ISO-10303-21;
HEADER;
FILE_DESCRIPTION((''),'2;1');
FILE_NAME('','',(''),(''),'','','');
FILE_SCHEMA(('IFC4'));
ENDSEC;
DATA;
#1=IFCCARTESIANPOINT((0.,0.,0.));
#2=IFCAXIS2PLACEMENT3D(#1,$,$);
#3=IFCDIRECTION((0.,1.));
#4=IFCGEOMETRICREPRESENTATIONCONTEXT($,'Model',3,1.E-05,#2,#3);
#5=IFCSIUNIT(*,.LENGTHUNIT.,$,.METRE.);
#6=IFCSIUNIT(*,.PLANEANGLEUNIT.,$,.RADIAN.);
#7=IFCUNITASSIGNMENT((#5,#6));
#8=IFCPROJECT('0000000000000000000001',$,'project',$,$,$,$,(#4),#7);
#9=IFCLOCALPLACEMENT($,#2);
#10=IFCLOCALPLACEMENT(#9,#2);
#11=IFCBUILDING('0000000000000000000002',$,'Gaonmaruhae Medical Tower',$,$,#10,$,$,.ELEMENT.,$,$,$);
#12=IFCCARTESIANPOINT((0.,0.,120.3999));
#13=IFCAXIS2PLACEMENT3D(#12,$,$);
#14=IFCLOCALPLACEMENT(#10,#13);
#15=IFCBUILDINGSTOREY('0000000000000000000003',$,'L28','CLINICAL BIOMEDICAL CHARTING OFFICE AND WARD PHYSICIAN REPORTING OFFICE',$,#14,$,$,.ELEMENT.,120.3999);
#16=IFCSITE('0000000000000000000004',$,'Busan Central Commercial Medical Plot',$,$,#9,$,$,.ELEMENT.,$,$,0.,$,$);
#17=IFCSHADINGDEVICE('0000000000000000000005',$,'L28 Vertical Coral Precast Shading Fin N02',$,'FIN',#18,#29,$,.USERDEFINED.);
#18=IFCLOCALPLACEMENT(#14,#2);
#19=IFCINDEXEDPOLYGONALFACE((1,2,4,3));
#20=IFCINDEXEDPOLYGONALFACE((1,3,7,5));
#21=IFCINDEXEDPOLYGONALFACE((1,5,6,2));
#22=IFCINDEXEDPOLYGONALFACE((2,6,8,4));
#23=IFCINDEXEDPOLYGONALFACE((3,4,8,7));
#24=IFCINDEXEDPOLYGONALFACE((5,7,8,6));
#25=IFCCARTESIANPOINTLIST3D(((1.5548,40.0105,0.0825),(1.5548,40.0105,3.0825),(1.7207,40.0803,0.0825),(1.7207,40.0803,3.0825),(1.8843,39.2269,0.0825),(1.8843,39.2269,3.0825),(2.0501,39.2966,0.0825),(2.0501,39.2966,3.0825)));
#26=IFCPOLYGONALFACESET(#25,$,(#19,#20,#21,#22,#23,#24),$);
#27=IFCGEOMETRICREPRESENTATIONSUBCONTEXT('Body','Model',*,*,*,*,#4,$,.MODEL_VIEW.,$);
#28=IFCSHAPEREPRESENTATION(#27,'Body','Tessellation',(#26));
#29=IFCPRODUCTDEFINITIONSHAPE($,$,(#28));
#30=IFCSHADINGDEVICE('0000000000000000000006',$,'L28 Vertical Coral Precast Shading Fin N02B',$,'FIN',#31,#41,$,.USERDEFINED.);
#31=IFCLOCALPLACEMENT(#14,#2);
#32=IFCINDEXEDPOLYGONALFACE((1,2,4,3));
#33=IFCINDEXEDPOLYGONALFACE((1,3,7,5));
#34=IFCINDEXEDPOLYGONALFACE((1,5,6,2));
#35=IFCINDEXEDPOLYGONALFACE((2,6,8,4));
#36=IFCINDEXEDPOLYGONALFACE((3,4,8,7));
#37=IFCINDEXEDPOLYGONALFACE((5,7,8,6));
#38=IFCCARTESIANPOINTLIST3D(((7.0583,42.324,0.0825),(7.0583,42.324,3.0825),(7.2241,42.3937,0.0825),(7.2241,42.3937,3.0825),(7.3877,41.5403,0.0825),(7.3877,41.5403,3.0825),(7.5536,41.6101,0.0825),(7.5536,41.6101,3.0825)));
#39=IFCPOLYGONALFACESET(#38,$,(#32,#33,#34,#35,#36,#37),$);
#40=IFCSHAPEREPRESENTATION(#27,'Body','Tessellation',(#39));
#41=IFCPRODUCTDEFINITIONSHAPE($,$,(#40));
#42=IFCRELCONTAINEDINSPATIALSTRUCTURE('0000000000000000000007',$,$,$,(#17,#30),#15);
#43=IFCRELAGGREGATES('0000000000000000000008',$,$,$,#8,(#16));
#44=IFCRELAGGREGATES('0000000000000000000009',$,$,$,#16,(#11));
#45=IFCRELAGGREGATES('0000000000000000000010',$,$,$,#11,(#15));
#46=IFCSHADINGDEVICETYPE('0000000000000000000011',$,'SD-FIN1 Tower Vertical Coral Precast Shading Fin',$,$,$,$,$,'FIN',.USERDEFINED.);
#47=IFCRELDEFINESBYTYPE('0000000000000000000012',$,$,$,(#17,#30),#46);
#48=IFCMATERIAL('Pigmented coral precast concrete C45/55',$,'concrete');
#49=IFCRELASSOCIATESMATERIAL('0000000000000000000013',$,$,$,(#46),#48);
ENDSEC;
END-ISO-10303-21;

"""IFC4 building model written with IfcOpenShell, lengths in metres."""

from ifc_helpers import new_model, si_unit, direction, frame, origin, origin_2d, place, context, subcontext, project, spatial, rectangle, extrude, material, type_object, element, save


model = new_model("IFC4")

# Units and contexts
model_context = context("Model", 3, precision=1e-05, world=origin(), true_north=direction((0.0, 1.0)))
body_context = subcontext(model_context, "Body", "Model", "MODEL_VIEW")
ifc_project = project(units=[si_unit("LENGTHUNIT", "METRE"), si_unit("PLANEANGLEUNIT", "RADIAN")], contexts=[model_context])

# Site, building, storey
site_placement = place(None, origin())
site = spatial("IfcSite", under=ifc_project, at=site_placement, Name="Busan Central Commercial Medical Plot", CompositionType="ELEMENT", RefElevation=0.0)
building_placement = place(site_placement, origin())
building = spatial("IfcBuilding", under=site, at=building_placement, Name="Gaonmaruhae Medical Tower", CompositionType="ELEMENT")
storey_placement = place(building_placement, frame((0.0, 0.0, 120.3999)))
storey = spatial("IfcBuildingStorey", under=building, at=storey_placement, Name="L28", Description="CLINICAL BIOMEDICAL CHARTING OFFICE AND WARD PHYSICIAN REPORTING OFFICE", CompositionType="ELEMENT", Elevation=120.3999)

# Shading devices
ifc_material_1 = material(Name="Pigmented coral precast concrete C45/55", Category="concrete")
shading_device_type = type_object("IfcShadingDeviceType", Name="SD-FIN1 Tower Vertical Coral Precast Shading Fin", ElementType="FIN", PredefinedType="USERDEFINED", material=ifc_material_1)
for number, where, z_axis, x_axis, name in (
    (1, (1.8025, 39.6536, 0.0825), (0.0, 0.0, 1.0), (0.921863, 0.387516, 0.0), "L28 Vertical Coral Precast Shading Fin N02"),
    (2, (7.3059, 41.967, 0.0825), (0.0, 0.0, 1.0), (0.921863, 0.387516, 0.0), "L28 Vertical Coral Precast Shading Fin N02B"),
):
    element("IfcShadingDevice", number, at=place(storey_placement, frame(where, z_axis=z_axis, x_axis=x_axis)), inside=storey, type_object=shading_device_type, Name=name, ObjectType="FIN", PredefinedType="USERDEFINED", context=body_context, shape_type="SweptSolid", body=[
        extrude(rectangle(XDim=0.1799, YDim=0.8501, at=origin_2d()), origin(), (0.0, 0.0, 1.0), 3.0),
    ])

save(model, "model.ifc")
